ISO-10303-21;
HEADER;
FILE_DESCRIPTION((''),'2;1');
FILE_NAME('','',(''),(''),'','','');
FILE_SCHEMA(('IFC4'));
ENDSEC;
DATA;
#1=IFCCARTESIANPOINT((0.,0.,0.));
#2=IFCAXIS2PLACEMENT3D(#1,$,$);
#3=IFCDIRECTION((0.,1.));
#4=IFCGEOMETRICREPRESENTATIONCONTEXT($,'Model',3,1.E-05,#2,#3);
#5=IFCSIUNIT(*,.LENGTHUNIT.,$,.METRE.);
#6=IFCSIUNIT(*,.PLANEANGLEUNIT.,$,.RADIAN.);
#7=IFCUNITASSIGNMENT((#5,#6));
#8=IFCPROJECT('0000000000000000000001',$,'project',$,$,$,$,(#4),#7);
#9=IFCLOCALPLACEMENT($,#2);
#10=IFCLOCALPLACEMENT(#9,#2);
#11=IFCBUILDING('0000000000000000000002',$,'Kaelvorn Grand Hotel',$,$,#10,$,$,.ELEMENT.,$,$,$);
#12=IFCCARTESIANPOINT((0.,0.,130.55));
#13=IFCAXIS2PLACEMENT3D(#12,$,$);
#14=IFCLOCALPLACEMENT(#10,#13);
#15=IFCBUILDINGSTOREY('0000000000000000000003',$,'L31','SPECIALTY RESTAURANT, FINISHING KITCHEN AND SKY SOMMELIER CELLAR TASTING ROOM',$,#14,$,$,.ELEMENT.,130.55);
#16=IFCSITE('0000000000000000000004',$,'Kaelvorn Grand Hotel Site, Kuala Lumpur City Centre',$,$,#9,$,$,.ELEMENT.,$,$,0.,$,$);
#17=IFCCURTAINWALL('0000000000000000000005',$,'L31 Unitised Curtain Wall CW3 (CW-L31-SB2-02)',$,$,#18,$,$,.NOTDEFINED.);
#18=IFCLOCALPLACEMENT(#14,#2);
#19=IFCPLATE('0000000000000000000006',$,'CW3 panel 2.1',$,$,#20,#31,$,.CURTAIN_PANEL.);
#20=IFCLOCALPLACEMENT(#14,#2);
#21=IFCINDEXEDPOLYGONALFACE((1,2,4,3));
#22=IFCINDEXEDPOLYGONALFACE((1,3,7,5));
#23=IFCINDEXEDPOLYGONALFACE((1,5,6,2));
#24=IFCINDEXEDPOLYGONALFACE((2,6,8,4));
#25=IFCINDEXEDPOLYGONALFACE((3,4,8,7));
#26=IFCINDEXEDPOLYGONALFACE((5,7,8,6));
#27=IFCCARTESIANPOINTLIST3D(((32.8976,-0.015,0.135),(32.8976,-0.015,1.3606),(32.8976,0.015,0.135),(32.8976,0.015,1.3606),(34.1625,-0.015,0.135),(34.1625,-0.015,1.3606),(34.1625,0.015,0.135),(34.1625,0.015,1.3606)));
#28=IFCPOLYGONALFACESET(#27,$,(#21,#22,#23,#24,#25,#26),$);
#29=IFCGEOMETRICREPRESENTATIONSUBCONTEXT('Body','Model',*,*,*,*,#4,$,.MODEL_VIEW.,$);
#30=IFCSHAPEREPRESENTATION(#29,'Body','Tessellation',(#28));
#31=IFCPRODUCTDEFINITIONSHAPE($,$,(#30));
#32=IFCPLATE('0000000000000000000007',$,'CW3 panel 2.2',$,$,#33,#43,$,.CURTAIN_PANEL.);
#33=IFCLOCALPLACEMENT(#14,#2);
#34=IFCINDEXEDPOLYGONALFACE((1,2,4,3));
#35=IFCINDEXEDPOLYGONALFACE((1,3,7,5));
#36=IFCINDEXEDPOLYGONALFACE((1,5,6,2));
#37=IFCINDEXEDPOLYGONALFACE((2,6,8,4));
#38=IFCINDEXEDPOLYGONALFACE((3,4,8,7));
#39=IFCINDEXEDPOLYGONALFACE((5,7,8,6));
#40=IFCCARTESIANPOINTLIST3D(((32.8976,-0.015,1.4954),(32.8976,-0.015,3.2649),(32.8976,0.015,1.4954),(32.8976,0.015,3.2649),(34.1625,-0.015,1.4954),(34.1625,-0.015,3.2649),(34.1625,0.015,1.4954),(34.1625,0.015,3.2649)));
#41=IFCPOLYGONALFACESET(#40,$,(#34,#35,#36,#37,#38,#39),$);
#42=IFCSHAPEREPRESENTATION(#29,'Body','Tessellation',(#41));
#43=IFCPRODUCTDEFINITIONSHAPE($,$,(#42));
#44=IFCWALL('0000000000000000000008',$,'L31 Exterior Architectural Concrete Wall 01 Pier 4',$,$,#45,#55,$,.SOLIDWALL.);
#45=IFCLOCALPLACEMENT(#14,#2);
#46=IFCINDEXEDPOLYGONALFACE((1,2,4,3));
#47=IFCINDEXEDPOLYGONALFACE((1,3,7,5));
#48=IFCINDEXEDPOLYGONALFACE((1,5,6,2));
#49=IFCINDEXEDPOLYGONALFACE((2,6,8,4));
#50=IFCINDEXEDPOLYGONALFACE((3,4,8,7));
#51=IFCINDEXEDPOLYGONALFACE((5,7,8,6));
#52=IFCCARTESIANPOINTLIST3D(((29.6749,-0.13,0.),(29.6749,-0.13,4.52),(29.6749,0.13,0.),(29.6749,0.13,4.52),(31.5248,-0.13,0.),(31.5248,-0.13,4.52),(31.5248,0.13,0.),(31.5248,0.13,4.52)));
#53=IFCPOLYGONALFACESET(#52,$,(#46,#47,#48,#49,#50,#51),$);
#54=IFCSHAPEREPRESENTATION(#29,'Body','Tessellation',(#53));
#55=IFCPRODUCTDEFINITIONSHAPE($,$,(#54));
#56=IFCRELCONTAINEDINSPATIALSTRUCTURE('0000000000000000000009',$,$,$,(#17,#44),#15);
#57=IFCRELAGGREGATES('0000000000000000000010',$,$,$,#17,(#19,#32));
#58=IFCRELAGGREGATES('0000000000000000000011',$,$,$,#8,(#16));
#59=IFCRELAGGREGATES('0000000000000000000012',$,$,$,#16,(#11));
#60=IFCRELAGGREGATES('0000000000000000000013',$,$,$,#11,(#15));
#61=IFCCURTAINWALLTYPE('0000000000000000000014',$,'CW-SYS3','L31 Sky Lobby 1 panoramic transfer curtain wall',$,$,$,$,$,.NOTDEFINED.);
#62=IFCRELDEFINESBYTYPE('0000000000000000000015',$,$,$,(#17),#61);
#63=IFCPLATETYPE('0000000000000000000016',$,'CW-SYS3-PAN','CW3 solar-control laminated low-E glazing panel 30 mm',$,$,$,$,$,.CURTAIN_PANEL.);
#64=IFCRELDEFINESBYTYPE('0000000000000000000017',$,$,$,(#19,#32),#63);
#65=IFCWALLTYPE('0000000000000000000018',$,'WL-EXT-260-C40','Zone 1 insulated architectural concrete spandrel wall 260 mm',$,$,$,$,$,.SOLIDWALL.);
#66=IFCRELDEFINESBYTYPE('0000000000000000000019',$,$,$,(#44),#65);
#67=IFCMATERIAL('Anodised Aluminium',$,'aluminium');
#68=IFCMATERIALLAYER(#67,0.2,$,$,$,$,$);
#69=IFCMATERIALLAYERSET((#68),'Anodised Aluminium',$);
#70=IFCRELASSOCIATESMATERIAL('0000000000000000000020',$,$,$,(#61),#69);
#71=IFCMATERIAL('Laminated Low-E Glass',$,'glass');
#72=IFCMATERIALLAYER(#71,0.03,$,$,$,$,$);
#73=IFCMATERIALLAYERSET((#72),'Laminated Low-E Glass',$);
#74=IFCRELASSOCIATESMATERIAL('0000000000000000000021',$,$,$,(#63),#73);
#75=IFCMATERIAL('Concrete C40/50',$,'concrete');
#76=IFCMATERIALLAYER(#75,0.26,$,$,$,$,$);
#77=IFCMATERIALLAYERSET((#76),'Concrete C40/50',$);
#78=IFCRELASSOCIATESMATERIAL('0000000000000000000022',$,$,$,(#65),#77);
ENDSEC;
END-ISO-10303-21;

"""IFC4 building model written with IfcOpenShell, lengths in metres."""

from ifc_helpers import new_model, si_unit, direction, frame, frame_2d, origin, origin_2d, place, context, subcontext, project, spatial, rectangle, extrude, material, layer, layer_set, type_object, element, aggregate, save


model = new_model("IFC4")

# Units and contexts
model_context = context("Model", 3, precision=1e-05, world=origin(), true_north=direction((0.0, 1.0)))
body_context = subcontext(model_context, "Body", "Model", "MODEL_VIEW")
ifc_project = project(units=[si_unit("LENGTHUNIT", "METRE"), si_unit("PLANEANGLEUNIT", "RADIAN")], contexts=[model_context])

# Site, building, storey
site_placement = place(None, origin())
site = spatial("IfcSite", under=ifc_project, at=site_placement, Name="Kaelvorn Grand Hotel Site, Kuala Lumpur City Centre", CompositionType="ELEMENT", RefElevation=0.0)
building_placement = place(site_placement, origin())
building = spatial("IfcBuilding", under=site, at=building_placement, Name="Kaelvorn Grand Hotel", CompositionType="ELEMENT")
storey_placement = place(building_placement, frame((0.0, 0.0, 130.55)))
storey = spatial("IfcBuildingStorey", under=building, at=storey_placement, Name="L31", Description="SPECIALTY RESTAURANT, FINISHING KITCHEN AND SKY SOMMELIER CELLAR TASTING ROOM", CompositionType="ELEMENT", Elevation=130.55)

# Shared definitions
ifc_material_1 = material(Name="Concrete C40/50", Category="concrete")

# Shared definitions
ifc_material_2 = material(Name="Anodised Aluminium", Category="aluminium")
ifc_layer_1 = layer(ifc_material_2, 0.2)
ifc_layer_set_1 = layer_set([ifc_layer_1], Name="Anodised Aluminium")
curtain_wall_type = type_object("IfcCurtainWallType", Name="CW-SYS3", Description="L31 Sky Lobby 1 panoramic transfer curtain wall", PredefinedType="NOTDEFINED", material=ifc_layer_set_1)

# Curtain wall
curtain_wall_1_placement = place(storey_placement, origin())
curtain_wall_1 = element("IfcCurtainWall", 1, at=curtain_wall_1_placement, inside=storey, type_object=curtain_wall_type, Name="L31 Unitised Curtain Wall CW3 (CW-L31-SB2-02)", PredefinedType="NOTDEFINED")

# Plates
ifc_material_3 = material(Name="Laminated Low-E Glass", Category="glass")
ifc_layer_2 = layer(ifc_material_3, 0.03)
ifc_layer_set_2 = layer_set([ifc_layer_2], Name="Laminated Low-E Glass")
plate_type = type_object("IfcPlateType", Name="CW-SYS3-PAN", Description="CW3 solar-control laminated low-E glazing panel 30 mm", PredefinedType="CURTAIN_PANEL", material=ifc_layer_set_2)
plate_1_placement = place(storey_placement, frame((33.53, 0.0, 0.135), z_axis=(0.0, 0.0, 1.0), x_axis=(1.0, 0.0, 0.0)))
plate_1 = element("IfcPlate", 2, at=plate_1_placement, type_object=plate_type, Name="CW3 panel 2.1", PredefinedType="CURTAIN_PANEL", context=body_context, shape_type="SweptSolid", body=[
    extrude(rectangle(XDim=1.2649, YDim=0.03, at=origin_2d()), origin(), (0.0, 0.0, 1.0), 1.2256),
])
plate_2_placement = place(storey_placement, frame((33.53, 0.0, 1.4954), z_axis=(0.0, 0.0, 1.0), x_axis=(1.0, 0.0, 0.0)))
plate_2 = element("IfcPlate", 3, at=plate_2_placement, type_object=plate_type, Name="CW3 panel 2.2", PredefinedType="CURTAIN_PANEL", context=body_context, shape_type="SweptSolid", body=[
    extrude(rectangle(XDim=1.2649, YDim=0.03, at=origin_2d()), origin(), (0.0, 0.0, 1.0), 1.7695),
])
aggregate(curtain_wall_1, [plate_1, plate_2])

# Wall
ifc_layer_3 = layer(ifc_material_1, 0.26)
ifc_layer_set_3 = layer_set([ifc_layer_3], Name="Concrete C40/50")
wall_type = type_object("IfcWallType", Name="WL-EXT-260-C40", Description="Zone 1 insulated architectural concrete spandrel wall 260 mm", PredefinedType="SOLIDWALL", material=ifc_layer_set_3)
wall_placement = place(storey_placement, frame((29.675, 0.0, 0.0), z_axis=(0.0, 0.0, 1.0), x_axis=(1.0, 0.0, 0.0)))
element("IfcWall", 4, at=wall_placement, inside=storey, type_object=wall_type, Name="L31 Exterior Architectural Concrete Wall 01 Pier 4", PredefinedType="SOLIDWALL", context=body_context, shape_type="SweptSolid", body=[
    extrude(rectangle(XDim=1.8499, YDim=0.26, at=frame_2d((0.9248, 0.0))), origin(), (0.0, 0.0, 1.0), 4.52),
])

save(model, "model.ifc")
